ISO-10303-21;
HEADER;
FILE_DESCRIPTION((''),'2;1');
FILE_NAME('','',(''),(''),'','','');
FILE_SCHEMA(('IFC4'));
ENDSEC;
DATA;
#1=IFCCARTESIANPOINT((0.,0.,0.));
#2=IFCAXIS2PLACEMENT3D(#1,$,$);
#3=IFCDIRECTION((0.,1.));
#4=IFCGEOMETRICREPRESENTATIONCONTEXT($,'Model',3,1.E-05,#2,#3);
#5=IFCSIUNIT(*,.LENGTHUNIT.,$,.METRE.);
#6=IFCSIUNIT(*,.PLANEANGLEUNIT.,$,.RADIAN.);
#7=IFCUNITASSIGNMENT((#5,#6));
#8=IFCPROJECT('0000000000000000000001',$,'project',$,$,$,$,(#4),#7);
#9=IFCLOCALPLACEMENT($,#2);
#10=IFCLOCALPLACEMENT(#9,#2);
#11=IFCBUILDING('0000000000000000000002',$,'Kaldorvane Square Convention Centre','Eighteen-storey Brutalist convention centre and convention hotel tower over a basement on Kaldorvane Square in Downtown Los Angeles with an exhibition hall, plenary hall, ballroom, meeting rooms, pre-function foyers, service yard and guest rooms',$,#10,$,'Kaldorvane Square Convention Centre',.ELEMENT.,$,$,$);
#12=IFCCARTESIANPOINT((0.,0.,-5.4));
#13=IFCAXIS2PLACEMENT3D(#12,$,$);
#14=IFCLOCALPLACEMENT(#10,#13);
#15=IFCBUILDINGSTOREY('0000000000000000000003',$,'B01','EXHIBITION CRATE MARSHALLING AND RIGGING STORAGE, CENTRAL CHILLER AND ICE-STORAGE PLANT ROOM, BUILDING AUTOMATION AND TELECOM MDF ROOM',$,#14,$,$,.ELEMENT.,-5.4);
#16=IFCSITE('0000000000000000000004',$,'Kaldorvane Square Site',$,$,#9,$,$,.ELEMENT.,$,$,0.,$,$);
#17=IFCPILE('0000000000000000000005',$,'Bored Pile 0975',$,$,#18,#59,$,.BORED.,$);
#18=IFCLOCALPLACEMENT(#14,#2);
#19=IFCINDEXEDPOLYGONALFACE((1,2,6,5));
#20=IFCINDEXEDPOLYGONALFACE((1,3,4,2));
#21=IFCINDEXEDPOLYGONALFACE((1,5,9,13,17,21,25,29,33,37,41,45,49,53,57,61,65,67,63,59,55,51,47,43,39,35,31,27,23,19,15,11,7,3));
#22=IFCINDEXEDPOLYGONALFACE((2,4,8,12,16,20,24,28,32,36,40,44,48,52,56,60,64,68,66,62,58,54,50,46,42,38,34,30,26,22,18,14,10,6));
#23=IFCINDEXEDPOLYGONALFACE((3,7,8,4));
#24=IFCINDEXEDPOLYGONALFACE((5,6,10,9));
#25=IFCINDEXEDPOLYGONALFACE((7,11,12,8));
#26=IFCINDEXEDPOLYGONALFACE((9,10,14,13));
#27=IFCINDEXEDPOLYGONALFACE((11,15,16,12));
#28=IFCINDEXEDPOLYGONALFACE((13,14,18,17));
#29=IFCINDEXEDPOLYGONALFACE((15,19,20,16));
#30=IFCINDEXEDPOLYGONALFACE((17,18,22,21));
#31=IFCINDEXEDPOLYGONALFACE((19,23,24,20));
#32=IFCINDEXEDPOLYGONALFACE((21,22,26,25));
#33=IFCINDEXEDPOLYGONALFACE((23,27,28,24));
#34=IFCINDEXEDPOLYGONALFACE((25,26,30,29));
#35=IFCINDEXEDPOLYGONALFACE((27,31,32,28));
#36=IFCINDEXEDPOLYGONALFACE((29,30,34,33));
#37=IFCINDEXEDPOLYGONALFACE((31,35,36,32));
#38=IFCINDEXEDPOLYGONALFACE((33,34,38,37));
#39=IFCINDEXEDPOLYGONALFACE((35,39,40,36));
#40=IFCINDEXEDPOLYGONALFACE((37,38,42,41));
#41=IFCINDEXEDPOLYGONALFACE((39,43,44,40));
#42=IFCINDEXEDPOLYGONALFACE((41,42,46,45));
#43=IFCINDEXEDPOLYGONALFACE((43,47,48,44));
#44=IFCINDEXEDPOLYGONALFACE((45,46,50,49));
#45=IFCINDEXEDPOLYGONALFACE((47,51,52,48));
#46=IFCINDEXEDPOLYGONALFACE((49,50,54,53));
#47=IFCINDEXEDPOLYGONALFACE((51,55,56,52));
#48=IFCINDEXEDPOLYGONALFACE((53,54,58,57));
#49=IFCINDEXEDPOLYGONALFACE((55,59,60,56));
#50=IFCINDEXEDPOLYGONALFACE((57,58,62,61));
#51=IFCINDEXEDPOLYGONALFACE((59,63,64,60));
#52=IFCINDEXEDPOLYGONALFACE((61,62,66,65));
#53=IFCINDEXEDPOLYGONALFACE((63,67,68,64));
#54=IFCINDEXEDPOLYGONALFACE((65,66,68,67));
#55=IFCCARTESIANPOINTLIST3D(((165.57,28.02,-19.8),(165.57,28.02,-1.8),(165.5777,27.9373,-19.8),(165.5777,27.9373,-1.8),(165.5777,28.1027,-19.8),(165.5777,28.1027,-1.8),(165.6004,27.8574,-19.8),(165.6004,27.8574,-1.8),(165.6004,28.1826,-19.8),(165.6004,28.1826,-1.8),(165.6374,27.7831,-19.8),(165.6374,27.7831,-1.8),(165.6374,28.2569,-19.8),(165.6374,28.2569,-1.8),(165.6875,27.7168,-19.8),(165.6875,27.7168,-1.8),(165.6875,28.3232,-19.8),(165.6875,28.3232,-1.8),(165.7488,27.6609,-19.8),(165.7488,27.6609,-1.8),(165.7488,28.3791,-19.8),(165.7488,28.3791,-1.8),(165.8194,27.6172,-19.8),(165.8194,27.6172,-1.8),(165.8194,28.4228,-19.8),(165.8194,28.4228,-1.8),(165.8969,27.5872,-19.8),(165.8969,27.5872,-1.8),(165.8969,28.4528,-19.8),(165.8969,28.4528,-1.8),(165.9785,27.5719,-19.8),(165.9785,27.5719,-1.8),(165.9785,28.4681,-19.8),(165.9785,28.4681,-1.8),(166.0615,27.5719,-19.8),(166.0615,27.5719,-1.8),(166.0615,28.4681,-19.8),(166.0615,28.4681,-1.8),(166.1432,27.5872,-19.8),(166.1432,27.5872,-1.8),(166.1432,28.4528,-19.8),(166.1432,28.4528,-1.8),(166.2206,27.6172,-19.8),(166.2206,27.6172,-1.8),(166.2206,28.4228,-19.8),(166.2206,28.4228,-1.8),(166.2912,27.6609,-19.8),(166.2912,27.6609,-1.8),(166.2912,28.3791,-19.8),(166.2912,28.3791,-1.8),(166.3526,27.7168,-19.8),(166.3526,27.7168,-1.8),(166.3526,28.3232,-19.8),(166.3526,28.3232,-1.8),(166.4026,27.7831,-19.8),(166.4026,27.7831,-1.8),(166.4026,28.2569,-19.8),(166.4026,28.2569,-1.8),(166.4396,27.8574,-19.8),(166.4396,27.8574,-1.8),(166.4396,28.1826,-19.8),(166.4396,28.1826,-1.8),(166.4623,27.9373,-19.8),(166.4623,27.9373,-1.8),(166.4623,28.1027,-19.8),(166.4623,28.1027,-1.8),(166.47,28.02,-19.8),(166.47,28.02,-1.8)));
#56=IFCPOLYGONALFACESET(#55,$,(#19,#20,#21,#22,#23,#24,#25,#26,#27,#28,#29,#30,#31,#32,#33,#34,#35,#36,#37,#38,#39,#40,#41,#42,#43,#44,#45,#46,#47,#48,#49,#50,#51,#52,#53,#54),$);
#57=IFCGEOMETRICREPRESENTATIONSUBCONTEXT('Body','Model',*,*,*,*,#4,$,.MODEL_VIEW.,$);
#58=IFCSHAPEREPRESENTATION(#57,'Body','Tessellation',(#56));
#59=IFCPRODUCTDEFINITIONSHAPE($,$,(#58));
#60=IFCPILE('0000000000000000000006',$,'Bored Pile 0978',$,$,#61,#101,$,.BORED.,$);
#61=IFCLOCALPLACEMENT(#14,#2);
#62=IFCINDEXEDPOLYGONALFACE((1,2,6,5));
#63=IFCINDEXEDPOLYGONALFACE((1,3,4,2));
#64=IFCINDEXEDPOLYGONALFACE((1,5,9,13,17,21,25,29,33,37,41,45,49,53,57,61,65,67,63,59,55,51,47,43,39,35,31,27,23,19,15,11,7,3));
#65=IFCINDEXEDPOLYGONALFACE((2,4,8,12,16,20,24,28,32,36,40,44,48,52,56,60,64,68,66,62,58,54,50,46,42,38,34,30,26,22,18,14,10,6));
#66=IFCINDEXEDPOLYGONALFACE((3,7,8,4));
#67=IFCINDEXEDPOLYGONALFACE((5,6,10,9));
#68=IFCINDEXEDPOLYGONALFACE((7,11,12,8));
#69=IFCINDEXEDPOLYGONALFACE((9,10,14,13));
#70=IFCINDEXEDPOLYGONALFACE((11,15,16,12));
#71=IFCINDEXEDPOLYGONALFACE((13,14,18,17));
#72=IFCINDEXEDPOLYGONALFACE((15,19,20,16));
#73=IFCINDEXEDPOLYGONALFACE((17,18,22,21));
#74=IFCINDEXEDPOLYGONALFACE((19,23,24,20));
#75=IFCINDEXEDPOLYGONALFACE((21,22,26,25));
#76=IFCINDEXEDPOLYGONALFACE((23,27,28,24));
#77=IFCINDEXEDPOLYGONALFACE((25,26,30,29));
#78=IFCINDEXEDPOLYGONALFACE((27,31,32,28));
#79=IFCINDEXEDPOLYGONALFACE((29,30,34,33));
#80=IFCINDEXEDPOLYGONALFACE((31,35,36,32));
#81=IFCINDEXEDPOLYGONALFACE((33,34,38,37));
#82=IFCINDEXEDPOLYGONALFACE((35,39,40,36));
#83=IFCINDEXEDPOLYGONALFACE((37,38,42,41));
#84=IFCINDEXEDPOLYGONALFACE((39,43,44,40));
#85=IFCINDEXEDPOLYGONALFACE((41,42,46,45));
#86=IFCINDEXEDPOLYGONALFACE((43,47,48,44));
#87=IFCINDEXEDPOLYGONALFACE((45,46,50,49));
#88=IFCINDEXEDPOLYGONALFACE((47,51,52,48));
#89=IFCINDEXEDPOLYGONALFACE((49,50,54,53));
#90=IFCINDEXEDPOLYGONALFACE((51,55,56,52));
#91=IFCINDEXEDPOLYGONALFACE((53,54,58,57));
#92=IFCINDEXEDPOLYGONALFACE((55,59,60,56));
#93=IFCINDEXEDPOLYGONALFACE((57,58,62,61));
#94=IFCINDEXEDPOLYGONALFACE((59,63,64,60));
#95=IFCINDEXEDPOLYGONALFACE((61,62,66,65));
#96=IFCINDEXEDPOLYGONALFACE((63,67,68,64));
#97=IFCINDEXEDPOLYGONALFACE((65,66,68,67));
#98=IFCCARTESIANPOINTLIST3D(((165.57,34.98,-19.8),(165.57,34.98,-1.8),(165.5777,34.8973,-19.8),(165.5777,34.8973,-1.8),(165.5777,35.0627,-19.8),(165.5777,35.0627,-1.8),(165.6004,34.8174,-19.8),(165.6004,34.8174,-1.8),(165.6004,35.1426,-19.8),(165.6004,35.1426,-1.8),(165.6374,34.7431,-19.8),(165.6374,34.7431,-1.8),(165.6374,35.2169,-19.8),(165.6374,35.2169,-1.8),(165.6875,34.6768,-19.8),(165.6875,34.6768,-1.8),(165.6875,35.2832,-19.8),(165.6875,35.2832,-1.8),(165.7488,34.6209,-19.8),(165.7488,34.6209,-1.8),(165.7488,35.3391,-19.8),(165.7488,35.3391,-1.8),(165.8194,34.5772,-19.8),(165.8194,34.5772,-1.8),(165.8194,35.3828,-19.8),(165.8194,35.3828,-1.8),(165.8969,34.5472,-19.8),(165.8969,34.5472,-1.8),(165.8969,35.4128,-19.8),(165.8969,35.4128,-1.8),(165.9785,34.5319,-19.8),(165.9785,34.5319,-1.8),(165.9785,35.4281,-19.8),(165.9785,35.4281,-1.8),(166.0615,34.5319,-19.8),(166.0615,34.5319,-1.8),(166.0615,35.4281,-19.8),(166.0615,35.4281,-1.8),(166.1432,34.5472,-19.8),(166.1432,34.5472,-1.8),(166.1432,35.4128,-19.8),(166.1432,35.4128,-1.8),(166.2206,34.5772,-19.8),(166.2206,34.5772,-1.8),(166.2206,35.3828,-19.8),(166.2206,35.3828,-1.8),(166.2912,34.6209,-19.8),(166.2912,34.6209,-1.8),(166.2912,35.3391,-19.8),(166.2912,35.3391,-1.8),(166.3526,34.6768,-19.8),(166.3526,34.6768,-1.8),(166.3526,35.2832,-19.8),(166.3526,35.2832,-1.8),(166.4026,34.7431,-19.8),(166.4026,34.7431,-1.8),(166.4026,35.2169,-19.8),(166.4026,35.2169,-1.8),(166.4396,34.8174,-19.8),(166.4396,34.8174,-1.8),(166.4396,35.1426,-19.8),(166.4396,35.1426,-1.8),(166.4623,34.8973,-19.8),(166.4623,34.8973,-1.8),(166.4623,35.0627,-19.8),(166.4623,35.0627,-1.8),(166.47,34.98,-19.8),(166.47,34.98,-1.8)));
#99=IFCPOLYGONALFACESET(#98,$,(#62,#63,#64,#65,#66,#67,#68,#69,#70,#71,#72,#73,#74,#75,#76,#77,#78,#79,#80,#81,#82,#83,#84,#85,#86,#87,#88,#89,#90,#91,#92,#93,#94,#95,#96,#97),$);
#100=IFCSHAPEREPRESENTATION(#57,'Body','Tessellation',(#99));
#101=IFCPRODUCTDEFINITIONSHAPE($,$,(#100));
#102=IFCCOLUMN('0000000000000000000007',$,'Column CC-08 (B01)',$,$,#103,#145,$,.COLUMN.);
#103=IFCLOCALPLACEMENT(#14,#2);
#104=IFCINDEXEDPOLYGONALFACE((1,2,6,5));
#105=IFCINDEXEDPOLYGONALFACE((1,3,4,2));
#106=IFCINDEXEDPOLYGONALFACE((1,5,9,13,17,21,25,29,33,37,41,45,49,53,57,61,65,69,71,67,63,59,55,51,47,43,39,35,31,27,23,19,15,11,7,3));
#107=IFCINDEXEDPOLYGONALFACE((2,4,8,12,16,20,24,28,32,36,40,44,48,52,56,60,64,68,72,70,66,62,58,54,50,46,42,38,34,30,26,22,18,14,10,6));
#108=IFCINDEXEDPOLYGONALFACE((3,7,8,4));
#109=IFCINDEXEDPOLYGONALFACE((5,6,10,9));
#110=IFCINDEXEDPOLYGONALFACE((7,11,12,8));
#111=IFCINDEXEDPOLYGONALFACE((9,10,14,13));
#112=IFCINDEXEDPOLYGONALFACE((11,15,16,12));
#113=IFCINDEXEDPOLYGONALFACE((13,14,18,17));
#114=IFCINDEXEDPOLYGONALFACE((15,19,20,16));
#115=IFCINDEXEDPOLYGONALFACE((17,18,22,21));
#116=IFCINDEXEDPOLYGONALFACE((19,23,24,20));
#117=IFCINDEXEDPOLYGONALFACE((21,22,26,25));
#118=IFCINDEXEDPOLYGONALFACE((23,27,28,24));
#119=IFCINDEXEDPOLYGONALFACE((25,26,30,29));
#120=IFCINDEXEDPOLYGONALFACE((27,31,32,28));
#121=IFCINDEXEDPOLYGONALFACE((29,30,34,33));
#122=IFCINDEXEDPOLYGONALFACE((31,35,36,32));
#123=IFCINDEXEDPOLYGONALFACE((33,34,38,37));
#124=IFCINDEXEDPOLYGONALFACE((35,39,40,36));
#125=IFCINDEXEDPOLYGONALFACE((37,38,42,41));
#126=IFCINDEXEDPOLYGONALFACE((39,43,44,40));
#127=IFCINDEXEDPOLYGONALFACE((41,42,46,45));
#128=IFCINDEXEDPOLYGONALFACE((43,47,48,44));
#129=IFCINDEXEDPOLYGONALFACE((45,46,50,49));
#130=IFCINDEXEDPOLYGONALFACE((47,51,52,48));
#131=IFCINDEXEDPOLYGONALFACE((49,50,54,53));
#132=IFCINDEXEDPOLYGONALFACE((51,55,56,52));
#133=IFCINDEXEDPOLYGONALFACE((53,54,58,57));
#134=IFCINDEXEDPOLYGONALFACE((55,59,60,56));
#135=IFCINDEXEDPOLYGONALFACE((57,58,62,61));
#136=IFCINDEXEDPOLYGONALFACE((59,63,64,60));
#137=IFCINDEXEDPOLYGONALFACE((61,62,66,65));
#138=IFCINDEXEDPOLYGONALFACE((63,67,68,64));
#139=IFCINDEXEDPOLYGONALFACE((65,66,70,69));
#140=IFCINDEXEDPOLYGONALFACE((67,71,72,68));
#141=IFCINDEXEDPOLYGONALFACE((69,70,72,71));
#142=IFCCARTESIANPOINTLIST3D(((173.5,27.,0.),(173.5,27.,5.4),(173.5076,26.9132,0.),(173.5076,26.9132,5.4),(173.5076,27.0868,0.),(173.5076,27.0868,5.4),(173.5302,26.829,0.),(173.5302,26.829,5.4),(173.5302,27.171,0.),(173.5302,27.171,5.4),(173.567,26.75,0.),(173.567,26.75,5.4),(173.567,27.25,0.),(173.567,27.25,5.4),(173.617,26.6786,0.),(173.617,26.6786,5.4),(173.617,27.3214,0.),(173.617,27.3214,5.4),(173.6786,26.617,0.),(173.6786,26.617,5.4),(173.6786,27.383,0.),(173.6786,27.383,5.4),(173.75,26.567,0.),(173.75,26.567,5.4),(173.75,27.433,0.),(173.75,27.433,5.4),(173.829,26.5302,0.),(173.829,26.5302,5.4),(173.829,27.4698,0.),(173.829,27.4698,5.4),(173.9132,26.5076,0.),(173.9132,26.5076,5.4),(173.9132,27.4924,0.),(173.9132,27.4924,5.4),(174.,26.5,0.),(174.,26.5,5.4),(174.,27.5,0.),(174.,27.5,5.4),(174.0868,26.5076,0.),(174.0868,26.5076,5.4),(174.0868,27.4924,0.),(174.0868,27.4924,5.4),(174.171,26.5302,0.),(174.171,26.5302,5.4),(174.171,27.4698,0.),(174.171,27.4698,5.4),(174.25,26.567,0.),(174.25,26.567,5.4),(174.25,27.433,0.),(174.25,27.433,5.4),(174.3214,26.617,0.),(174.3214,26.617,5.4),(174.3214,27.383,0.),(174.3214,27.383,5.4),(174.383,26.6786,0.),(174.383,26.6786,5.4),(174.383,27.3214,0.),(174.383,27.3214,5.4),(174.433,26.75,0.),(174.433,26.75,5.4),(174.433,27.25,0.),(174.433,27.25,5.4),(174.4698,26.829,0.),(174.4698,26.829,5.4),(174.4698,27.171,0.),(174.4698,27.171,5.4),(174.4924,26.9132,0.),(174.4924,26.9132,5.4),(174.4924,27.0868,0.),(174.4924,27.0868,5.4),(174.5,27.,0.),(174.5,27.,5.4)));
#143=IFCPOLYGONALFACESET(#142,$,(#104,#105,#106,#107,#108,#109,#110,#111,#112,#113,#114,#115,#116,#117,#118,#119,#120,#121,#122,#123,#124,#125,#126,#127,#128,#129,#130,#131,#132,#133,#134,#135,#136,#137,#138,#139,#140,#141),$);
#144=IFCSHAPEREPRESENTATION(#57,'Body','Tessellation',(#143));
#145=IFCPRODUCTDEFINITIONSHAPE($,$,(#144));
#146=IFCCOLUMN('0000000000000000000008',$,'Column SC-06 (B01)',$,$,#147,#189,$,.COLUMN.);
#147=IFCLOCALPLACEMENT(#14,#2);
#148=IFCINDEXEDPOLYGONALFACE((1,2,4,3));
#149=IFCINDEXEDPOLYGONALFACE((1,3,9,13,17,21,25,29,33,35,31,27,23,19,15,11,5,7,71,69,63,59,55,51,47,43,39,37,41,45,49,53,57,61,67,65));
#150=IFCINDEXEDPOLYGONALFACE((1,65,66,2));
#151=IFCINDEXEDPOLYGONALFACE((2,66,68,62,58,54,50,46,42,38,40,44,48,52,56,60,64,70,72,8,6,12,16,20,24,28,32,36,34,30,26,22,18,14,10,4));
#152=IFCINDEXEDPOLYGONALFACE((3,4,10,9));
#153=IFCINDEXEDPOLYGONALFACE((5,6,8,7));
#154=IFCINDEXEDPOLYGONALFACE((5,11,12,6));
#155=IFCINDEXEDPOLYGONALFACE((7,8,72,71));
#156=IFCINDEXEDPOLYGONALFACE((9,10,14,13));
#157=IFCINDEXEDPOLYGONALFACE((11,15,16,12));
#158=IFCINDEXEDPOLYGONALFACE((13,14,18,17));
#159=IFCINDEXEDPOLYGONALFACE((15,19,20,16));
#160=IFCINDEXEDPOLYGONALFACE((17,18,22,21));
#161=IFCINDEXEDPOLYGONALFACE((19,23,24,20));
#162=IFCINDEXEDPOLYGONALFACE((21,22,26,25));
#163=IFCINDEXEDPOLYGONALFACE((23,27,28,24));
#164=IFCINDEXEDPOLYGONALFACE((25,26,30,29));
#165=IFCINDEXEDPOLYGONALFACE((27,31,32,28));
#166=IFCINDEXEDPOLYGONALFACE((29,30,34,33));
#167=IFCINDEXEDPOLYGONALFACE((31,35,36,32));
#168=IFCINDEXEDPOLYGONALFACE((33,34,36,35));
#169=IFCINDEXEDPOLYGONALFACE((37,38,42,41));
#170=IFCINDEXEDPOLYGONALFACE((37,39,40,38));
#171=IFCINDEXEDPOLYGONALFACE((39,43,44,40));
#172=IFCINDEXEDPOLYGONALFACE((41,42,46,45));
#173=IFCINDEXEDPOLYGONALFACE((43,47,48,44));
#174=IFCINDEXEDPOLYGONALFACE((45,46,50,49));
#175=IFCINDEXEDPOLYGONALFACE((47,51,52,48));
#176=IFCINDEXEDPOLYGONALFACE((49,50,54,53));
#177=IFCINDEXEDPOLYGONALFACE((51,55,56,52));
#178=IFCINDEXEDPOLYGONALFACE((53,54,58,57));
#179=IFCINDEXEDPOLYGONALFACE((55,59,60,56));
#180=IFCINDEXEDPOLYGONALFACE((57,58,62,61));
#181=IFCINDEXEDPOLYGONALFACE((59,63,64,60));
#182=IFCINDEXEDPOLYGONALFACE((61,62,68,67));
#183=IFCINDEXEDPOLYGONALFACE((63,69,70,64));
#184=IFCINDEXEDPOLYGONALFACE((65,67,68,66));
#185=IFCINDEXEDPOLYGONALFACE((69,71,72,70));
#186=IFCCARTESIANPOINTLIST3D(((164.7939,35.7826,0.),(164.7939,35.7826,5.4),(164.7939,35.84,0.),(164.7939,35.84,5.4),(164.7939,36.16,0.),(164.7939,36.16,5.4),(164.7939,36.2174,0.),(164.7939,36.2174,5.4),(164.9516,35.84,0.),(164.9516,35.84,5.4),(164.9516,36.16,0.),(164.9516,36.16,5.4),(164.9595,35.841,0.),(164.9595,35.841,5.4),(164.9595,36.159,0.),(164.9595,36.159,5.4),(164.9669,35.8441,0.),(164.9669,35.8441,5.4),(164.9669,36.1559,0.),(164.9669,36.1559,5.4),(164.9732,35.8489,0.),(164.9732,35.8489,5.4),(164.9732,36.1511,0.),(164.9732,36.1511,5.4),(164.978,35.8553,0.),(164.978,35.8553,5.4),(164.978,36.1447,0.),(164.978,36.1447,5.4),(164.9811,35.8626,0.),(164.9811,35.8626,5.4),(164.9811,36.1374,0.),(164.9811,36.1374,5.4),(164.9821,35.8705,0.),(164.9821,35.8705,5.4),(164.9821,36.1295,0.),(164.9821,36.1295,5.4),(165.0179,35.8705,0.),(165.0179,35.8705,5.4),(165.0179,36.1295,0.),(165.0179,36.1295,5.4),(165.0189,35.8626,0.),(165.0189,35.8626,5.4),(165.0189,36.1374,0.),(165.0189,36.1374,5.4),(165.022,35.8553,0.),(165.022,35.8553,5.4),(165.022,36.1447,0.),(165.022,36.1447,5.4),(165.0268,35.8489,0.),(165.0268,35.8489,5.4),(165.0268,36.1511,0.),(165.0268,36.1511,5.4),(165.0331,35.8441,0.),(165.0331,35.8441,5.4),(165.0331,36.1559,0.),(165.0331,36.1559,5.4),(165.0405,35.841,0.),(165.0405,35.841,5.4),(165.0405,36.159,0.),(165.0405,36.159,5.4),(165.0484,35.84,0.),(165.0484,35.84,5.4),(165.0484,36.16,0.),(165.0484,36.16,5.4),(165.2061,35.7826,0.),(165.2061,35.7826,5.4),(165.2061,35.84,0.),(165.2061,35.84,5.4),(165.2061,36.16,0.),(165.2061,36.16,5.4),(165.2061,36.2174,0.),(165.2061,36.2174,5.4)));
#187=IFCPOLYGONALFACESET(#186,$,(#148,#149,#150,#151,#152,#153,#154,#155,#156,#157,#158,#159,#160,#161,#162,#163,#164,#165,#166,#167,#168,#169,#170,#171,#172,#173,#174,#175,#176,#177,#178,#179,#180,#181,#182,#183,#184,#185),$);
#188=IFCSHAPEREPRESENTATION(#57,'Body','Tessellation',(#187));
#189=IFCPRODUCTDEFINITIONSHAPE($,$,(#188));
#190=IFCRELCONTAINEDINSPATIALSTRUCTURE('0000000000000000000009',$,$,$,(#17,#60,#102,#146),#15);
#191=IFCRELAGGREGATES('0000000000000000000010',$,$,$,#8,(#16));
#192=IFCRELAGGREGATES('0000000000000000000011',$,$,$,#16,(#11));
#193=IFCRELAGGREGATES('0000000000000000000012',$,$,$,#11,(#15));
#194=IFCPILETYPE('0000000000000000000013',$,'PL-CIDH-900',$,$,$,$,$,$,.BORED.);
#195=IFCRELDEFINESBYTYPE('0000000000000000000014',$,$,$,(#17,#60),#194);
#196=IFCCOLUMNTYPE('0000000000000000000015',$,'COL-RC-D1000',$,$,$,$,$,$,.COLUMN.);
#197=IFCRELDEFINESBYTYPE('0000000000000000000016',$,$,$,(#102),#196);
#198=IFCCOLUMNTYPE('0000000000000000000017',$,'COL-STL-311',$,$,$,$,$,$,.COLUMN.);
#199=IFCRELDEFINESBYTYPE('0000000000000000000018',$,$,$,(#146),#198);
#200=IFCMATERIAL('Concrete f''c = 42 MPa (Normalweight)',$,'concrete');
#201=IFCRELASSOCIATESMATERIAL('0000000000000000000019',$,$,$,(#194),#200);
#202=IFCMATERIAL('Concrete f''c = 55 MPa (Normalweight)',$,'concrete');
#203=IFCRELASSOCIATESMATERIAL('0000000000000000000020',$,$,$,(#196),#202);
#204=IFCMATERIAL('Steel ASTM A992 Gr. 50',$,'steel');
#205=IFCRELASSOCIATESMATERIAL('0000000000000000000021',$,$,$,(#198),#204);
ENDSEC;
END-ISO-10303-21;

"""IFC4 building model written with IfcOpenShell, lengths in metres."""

from ifc_helpers import new_model, si_unit, direction, frame, origin, origin_2d, place, context, subcontext, project, spatial, circle, i_section, extrude, material, material_profile, profile_set, type_object, element, save


model = new_model("IFC4")

# Units and contexts
model_context = context("Model", 3, precision=1e-05, world=origin(), true_north=direction((0.0, 1.0)))
body_context = subcontext(model_context, "Body", "Model", "MODEL_VIEW")
ifc_project = project(units=[si_unit("LENGTHUNIT", "METRE"), si_unit("PLANEANGLEUNIT", "RADIAN")], contexts=[model_context])

# Site, building, storey
site_placement = place(None, origin())
site = spatial("IfcSite", under=ifc_project, at=site_placement, Name="Kaldorvane Square Site", CompositionType="ELEMENT", RefElevation=0.0)
building_placement = place(site_placement, origin())
building = spatial("IfcBuilding", under=site, at=building_placement, Name="Kaldorvane Square Convention Centre", Description="Eighteen-storey Brutalist convention centre and convention hotel tower over a basement on Kaldorvane Square in Downtown Los Angeles with an exhibition hall, plenary hall, ballroom, meeting rooms, pre-function foyers, service yard and guest rooms", LongName="Kaldorvane Square Convention Centre", CompositionType="ELEMENT")
storey_placement = place(building_placement, frame((0.0, 0.0, -5.4)))
storey = spatial("IfcBuildingStorey", under=building, at=storey_placement, Name="B01", Description="EXHIBITION CRATE MARSHALLING AND RIGGING STORAGE, CENTRAL CHILLER AND ICE-STORAGE PLANT ROOM, BUILDING AUTOMATION AND TELECOM MDF ROOM", CompositionType="ELEMENT", Elevation=-5.4)

# Shared definitions
ifc_material_1 = material(Name="Concrete f'c = 42 MPa (Normalweight)", Category="concrete")

# Piles
ifc_material_profile_1 = material_profile(ifc_material_1, circle(Radius=0.45, at=origin_2d()), Name="PILE-D900")
ifc_profile_set_1 = profile_set([ifc_material_profile_1], Name="Concrete f'c = 42 MPa (Normalweight)")
pile_type_1 = type_object("IfcPileType", Name="PL-CIDH-900", PredefinedType="BORED", material=ifc_profile_set_1)
for number, where, z_axis, x_axis, name in (
    (1, (166.02, 28.02, -1.8), (0.0, 0.0, -1.0), (1.0, 0.0, 0.0), "Bored Pile 0975"),
    (2, (166.02, 34.98, -1.8), (0.0, 0.0, -1.0), (1.0, 0.0, 0.0), "Bored Pile 0978"),
):
    element("IfcPile", number, at=place(storey_placement, frame(where, z_axis=z_axis, x_axis=x_axis)), inside=storey, type_object=pile_type_1, Name=name, PredefinedType="BORED", context=body_context, shape_type="SweptSolid", body=[
        extrude(circle(Radius=0.45, at=origin_2d()), origin(), (0.0, 0.0, 1.0), 18.0),
    ])

# Columns
ifc_material_2 = material(Name="Concrete f'c = 55 MPa (Normalweight)", Category="concrete")
ifc_material_profile_2 = material_profile(ifc_material_2, circle(Radius=0.5, at=origin_2d()), Name="RC-D1000")
ifc_profile_set_2 = profile_set([ifc_material_profile_2], Name="Concrete f'c = 55 MPa (Normalweight)")
column_type_1 = type_object("IfcColumnType", Name="COL-RC-D1000", PredefinedType="COLUMN", material=ifc_profile_set_2)
column_1_placement = place(storey_placement, frame((174.0, 27.0, 0.0), z_axis=(0.0, 0.0, 1.0), x_axis=(1.0, 0.0, 0.0)))
element("IfcColumn", 3, at=column_1_placement, inside=storey, type_object=column_type_1, Name="Column CC-08 (B01)", PredefinedType="COLUMN", context=body_context, shape_type="SweptSolid", body=[
    extrude(circle(Radius=0.5, at=origin_2d()), origin(), (0.0, 0.0, 1.0), 5.4),
])
ifc_material_3 = material(Name="Steel ASTM A992 Gr. 50", Category="steel")
ifc_material_profile_3 = material_profile(ifc_material_3, i_section(OverallWidth=0.4122, OverallDepth=0.4348, WebThickness=0.0358, FlangeThickness=0.0574, FilletRadius=0.0305, at=origin_2d()), Name="W14X311")
ifc_profile_set_3 = profile_set([ifc_material_profile_3], Name="Steel ASTM A992 Gr. 50")
column_type_2 = type_object("IfcColumnType", Name="COL-STL-311", PredefinedType="COLUMN", material=ifc_profile_set_3)
column_2_placement = place(storey_placement, frame((165.0, 36.0, 0.0), z_axis=(0.0, 0.0, 1.0), x_axis=(1.0, 0.0, 0.0)))
element("IfcColumn", 4, at=column_2_placement, inside=storey, type_object=column_type_2, Name="Column SC-06 (B01)", PredefinedType="COLUMN", context=body_context, shape_type="SweptSolid", body=[
    extrude(i_section(OverallWidth=0.4122, OverallDepth=0.4348, WebThickness=0.0358, FlangeThickness=0.0574, FilletRadius=0.0305, at=origin_2d()), origin(), (0.0, 0.0, 1.0), 5.4),
])

save(model, "model.ifc")
